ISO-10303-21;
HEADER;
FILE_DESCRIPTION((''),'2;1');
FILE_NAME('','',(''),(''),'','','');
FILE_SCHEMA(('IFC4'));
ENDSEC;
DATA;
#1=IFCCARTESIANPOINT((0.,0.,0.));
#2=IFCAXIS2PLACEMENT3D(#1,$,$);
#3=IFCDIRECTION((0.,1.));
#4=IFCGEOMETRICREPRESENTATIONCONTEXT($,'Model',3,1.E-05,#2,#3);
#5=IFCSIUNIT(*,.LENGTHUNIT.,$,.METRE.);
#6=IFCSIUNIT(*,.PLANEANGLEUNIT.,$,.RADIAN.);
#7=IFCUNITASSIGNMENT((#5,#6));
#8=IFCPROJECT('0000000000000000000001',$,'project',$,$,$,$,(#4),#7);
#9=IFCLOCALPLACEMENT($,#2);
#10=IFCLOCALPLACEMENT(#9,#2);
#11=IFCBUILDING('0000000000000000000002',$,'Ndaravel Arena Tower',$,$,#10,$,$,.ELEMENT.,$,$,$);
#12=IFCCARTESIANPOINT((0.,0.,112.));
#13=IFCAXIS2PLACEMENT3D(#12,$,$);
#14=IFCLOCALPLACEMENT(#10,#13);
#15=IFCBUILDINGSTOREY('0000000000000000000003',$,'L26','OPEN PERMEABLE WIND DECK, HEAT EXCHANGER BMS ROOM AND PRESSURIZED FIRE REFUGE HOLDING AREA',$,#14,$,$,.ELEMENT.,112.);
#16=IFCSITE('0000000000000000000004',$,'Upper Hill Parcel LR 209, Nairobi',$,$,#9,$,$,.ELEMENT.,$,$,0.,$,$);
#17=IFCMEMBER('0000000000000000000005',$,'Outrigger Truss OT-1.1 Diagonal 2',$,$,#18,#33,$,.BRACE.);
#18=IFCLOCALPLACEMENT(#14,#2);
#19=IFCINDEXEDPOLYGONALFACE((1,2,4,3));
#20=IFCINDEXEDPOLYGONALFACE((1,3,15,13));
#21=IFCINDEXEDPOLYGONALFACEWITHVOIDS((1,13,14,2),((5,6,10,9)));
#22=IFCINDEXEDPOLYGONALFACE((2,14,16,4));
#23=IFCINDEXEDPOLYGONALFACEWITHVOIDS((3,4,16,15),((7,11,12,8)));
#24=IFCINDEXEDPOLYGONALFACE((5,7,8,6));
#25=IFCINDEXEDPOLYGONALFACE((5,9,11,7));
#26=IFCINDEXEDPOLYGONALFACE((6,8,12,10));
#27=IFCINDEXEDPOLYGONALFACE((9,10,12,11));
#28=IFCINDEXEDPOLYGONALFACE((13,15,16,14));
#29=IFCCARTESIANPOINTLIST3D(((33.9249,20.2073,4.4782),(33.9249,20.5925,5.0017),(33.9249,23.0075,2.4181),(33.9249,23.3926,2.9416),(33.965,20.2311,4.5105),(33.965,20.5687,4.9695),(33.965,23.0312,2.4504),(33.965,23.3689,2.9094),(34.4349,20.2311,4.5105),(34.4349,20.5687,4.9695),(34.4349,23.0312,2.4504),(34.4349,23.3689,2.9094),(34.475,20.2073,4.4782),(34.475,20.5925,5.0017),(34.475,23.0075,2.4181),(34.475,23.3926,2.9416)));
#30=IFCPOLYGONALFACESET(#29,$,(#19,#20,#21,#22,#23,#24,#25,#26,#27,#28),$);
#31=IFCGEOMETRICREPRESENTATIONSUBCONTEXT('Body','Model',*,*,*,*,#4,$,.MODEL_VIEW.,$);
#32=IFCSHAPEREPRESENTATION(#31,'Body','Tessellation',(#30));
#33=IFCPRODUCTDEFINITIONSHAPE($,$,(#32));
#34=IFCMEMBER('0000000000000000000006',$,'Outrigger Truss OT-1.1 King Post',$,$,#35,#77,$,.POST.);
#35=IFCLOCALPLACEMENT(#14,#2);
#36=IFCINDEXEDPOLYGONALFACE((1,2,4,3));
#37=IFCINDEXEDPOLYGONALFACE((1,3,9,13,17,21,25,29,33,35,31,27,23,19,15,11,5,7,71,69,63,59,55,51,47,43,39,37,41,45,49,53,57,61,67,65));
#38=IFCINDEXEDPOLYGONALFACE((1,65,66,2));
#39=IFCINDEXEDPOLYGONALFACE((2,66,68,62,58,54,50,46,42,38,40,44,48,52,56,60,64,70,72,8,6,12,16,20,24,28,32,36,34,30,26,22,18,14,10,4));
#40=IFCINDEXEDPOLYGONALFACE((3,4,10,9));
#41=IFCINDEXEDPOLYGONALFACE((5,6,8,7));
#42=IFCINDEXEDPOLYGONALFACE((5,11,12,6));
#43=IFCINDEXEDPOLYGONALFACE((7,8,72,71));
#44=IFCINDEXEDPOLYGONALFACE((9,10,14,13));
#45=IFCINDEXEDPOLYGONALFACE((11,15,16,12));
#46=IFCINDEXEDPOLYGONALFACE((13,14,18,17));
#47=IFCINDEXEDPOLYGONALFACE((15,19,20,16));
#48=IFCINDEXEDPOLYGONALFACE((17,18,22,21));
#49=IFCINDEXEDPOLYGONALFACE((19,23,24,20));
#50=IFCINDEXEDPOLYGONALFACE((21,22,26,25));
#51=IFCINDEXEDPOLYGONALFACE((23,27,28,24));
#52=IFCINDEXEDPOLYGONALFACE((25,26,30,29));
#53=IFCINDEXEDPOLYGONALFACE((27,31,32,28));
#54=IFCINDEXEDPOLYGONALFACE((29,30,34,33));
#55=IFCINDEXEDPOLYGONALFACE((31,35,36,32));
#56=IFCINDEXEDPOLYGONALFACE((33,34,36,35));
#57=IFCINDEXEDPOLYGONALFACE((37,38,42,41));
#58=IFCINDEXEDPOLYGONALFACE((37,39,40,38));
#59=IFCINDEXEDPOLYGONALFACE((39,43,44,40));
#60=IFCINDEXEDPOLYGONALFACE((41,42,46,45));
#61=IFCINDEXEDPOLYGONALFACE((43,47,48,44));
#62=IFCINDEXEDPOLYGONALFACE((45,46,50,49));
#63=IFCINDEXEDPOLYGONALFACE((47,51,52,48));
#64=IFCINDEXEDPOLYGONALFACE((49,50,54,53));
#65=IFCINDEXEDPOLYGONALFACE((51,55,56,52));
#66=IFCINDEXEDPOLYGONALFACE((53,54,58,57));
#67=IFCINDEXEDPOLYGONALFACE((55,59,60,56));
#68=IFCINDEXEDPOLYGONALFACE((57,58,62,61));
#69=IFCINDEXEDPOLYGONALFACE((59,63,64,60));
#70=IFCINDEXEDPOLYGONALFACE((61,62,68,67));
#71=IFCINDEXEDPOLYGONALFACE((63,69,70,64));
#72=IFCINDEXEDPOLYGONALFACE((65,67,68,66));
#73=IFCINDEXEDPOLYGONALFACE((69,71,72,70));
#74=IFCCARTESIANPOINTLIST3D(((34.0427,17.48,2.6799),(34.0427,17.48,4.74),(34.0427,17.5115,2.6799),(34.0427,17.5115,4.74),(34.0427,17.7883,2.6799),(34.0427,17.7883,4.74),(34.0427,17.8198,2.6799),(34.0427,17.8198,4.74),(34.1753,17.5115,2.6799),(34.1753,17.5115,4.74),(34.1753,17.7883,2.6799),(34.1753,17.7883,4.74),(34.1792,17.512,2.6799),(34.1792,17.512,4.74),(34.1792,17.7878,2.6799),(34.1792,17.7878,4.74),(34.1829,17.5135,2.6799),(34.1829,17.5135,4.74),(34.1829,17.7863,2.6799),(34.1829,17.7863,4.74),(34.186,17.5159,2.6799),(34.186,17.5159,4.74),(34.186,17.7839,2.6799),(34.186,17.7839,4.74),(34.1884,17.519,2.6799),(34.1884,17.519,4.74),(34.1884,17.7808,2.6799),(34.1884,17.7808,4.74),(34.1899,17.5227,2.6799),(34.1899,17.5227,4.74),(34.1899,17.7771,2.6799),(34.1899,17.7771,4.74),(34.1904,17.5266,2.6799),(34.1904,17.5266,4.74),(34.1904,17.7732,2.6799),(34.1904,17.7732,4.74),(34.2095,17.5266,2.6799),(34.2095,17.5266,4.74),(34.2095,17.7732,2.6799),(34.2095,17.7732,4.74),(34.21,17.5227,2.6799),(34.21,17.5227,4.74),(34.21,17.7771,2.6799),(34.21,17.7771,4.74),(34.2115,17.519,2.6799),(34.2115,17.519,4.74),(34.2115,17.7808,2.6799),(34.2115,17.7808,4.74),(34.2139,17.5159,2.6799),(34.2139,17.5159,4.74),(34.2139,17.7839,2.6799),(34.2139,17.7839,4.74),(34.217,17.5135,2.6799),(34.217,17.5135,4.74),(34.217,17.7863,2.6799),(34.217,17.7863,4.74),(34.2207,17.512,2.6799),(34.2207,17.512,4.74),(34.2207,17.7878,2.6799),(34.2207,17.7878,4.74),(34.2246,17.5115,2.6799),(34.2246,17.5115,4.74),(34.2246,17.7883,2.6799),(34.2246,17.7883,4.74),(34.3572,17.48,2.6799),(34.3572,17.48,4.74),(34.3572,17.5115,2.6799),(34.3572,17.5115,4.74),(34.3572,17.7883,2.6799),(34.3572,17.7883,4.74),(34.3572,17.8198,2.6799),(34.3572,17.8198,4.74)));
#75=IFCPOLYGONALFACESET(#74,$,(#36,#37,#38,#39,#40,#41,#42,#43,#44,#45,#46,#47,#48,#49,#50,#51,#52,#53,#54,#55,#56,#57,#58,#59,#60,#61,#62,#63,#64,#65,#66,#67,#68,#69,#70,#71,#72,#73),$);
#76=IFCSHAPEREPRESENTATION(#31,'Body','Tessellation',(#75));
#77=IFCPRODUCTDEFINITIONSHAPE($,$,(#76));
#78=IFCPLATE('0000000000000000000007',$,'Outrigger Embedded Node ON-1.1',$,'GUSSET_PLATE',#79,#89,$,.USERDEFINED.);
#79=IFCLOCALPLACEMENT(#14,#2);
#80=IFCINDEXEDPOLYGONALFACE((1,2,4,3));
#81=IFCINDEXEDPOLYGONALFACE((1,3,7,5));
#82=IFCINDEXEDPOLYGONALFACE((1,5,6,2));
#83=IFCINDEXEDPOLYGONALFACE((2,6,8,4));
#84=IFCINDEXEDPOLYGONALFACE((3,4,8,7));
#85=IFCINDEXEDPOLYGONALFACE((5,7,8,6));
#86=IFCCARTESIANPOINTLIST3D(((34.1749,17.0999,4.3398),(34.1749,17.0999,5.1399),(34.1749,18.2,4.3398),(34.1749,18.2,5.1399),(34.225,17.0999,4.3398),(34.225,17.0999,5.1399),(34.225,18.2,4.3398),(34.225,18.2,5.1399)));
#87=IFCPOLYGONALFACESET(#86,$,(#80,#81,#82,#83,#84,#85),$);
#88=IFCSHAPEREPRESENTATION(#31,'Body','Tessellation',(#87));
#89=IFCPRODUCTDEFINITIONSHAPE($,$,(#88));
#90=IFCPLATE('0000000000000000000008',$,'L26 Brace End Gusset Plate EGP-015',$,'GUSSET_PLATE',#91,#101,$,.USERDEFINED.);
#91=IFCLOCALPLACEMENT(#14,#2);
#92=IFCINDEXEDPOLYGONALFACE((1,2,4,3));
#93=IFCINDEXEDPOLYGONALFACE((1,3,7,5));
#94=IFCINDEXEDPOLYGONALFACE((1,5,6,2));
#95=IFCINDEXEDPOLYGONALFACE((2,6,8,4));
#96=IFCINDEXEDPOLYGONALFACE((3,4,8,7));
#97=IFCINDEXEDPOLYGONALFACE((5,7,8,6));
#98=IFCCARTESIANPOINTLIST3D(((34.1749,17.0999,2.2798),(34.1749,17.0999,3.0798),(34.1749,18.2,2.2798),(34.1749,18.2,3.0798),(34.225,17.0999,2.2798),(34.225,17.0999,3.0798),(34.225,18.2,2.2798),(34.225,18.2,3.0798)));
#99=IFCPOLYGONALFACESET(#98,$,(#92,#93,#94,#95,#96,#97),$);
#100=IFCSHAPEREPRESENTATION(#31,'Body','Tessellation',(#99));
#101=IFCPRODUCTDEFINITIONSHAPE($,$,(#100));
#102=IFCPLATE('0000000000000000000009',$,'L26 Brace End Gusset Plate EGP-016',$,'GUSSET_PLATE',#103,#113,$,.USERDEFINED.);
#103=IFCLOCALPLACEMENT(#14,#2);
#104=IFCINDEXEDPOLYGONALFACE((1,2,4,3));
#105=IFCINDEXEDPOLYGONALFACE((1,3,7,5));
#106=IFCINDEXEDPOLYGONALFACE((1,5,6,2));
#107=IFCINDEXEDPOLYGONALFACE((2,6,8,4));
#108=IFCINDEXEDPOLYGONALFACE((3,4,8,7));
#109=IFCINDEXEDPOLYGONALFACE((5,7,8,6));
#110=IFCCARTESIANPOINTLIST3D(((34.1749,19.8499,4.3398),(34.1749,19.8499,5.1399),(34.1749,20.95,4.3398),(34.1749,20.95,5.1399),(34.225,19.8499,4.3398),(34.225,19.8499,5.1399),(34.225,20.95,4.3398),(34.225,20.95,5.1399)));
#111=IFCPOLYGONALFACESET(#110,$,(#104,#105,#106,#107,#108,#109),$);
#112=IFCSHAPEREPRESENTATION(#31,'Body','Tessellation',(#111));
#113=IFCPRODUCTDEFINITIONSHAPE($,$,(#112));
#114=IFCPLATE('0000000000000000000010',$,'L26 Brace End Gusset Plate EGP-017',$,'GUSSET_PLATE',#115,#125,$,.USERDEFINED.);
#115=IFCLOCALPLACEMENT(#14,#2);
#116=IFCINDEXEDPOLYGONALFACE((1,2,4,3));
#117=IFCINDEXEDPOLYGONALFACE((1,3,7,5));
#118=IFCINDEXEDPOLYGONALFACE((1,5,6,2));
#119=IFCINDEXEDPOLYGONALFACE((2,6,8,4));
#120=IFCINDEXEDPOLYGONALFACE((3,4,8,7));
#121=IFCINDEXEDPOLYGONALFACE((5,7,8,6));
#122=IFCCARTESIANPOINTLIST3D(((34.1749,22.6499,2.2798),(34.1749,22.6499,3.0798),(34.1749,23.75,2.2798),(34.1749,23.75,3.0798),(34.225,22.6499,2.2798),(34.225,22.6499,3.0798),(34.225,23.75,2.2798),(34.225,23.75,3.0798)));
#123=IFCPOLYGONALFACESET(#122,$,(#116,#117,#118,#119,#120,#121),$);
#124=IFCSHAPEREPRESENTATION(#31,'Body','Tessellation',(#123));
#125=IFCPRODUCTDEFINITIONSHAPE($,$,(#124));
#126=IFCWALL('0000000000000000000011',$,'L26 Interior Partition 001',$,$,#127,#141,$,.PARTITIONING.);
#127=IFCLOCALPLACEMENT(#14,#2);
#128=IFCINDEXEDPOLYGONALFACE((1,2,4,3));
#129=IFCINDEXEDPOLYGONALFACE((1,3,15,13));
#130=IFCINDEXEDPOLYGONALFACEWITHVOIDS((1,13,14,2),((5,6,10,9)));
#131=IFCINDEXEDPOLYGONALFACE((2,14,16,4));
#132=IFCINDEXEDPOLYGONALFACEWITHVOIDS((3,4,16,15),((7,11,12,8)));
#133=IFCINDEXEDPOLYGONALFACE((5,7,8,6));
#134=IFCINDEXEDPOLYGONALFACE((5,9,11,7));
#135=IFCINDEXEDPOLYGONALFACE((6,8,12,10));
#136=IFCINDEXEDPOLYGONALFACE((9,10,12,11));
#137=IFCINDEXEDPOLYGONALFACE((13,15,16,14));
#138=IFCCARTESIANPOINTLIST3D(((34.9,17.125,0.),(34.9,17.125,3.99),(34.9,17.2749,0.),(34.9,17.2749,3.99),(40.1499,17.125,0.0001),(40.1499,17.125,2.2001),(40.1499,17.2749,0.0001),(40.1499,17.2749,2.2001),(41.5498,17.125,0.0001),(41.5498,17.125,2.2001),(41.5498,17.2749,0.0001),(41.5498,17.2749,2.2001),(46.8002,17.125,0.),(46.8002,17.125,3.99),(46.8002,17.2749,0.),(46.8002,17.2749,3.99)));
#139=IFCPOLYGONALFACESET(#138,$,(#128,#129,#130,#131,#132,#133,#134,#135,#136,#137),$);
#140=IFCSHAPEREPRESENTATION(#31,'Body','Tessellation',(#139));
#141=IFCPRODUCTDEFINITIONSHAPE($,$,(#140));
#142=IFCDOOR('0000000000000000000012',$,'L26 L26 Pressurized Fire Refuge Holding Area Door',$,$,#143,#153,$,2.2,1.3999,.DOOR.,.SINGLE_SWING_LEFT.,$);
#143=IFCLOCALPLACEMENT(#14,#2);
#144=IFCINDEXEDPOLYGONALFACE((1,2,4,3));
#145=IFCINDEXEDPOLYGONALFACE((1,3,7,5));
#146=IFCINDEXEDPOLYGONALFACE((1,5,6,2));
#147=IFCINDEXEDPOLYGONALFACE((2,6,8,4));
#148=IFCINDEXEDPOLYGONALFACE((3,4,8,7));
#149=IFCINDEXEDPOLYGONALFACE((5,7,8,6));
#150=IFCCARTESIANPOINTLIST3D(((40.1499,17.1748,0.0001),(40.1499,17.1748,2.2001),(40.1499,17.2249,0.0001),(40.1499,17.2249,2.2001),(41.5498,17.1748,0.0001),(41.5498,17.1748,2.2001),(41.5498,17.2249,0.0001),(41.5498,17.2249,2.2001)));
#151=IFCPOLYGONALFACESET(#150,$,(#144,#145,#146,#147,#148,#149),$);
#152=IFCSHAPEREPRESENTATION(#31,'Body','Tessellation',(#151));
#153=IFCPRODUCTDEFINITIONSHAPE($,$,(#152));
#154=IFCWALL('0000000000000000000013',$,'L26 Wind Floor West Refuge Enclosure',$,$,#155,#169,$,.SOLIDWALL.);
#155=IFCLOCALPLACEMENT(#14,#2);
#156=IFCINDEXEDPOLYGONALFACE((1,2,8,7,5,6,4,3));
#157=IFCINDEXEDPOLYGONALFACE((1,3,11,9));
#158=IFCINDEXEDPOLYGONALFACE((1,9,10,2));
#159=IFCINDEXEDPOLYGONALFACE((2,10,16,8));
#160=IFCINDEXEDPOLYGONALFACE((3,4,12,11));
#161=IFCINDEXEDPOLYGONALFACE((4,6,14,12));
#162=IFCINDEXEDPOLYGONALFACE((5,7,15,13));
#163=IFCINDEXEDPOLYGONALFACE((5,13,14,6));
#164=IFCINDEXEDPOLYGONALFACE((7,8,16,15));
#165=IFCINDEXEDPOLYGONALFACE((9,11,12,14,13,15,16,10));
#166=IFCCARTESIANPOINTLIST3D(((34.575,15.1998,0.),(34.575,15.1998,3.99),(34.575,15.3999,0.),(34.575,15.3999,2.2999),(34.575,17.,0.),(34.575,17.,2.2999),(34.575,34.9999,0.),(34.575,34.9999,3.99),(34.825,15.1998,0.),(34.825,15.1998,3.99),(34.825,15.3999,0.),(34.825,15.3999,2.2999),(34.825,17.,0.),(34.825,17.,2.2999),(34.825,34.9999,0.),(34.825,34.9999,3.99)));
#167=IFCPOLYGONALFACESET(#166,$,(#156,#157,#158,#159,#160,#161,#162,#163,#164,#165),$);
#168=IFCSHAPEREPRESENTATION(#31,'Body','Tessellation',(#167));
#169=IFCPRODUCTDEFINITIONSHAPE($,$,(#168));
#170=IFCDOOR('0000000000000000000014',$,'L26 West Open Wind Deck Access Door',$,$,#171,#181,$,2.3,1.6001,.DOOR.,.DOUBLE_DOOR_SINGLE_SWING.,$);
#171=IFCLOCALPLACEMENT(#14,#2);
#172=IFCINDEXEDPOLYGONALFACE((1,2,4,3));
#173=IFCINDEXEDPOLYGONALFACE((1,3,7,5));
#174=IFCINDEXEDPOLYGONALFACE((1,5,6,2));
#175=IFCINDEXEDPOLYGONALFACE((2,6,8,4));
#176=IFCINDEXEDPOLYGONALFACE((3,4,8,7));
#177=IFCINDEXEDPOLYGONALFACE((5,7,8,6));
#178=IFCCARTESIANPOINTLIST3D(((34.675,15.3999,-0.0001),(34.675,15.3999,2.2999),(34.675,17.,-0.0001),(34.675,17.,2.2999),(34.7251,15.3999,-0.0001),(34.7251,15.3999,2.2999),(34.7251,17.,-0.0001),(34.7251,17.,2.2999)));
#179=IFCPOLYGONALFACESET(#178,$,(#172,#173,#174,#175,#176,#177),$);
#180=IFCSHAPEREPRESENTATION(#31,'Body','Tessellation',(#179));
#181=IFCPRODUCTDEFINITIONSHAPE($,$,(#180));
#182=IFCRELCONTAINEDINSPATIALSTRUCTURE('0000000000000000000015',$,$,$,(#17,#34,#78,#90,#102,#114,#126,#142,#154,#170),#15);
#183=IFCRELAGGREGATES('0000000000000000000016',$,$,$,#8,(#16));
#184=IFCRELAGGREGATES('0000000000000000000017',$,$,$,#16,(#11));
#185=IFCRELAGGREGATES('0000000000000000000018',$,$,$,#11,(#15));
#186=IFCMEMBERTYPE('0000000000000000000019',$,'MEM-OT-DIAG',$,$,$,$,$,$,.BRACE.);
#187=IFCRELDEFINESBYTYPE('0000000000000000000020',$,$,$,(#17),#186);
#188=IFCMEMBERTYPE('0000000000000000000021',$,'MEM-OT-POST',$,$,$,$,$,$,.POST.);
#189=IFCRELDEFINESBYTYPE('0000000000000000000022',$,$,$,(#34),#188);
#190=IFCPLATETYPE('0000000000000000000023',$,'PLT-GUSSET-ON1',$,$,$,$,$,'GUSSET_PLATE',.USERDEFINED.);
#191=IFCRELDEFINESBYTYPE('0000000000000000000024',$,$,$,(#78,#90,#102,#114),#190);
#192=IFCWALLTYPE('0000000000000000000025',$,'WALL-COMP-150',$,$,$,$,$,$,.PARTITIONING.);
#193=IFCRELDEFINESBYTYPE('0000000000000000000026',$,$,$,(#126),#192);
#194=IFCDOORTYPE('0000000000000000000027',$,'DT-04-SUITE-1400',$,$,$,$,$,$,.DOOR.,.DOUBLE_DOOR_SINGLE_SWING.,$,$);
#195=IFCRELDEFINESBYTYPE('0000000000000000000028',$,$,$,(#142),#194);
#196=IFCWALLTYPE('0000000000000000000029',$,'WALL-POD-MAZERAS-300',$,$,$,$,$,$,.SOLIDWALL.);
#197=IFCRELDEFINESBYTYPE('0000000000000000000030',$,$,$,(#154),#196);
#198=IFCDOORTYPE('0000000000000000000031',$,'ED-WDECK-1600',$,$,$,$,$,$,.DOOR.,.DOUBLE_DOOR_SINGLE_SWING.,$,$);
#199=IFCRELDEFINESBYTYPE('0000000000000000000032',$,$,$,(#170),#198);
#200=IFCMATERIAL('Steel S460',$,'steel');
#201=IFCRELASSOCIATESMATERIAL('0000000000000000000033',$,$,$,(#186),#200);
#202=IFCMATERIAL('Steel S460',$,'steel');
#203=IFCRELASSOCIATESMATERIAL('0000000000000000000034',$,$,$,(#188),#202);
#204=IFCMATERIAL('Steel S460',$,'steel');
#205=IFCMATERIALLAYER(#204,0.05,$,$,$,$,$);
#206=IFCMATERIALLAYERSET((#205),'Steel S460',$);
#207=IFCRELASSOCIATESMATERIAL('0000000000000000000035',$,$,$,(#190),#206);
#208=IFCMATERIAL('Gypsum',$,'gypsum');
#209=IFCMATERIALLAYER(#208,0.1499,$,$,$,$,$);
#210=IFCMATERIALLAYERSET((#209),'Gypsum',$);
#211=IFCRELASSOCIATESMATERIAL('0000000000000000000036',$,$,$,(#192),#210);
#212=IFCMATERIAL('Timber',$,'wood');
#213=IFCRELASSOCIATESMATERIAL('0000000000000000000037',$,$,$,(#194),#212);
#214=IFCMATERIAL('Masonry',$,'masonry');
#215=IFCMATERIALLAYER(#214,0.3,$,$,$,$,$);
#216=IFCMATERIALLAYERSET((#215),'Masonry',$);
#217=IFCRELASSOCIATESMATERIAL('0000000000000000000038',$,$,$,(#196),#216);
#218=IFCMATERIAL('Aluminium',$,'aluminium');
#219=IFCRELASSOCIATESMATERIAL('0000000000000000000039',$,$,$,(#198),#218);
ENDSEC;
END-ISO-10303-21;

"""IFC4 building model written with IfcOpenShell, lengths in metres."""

from ifc_helpers import new_model, si_unit, direction, frame, frame_2d, origin, origin_2d, place, context, subcontext, project, spatial, rectangle, hollow_rectangle, i_section, extrude, material, layer, layer_set, material_profile, profile_set, type_object, element, fill, save


model = new_model("IFC4")

# Units and contexts
model_context = context("Model", 3, precision=1e-05, world=origin(), true_north=direction((0.0, 1.0)))
body_context = subcontext(model_context, "Body", "Model", "MODEL_VIEW")
ifc_project = project(units=[si_unit("LENGTHUNIT", "METRE"), si_unit("PLANEANGLEUNIT", "RADIAN")], contexts=[model_context])

# Site, building, storey
site_placement = place(None, origin())
site = spatial("IfcSite", under=ifc_project, at=site_placement, Name="Upper Hill Parcel LR 209, Nairobi", CompositionType="ELEMENT", RefElevation=0.0)
building_placement = place(site_placement, origin())
building = spatial("IfcBuilding", under=site, at=building_placement, Name="Ndaravel Arena Tower", CompositionType="ELEMENT")
storey_placement = place(building_placement, frame((0.0, 0.0, 112.0)))
storey = spatial("IfcBuildingStorey", under=building, at=storey_placement, Name="L26", Description="OPEN PERMEABLE WIND DECK, HEAT EXCHANGER BMS ROOM AND PRESSURIZED FIRE REFUGE HOLDING AREA", CompositionType="ELEMENT", Elevation=112.0)

# Members
ifc_material_1 = material(Name="Steel S460", Category="steel")
ifc_material_profile_1 = material_profile(ifc_material_1, hollow_rectangle(XDim=0.55, YDim=0.6499, WallThickness=0.04, at=origin_2d()), Name="BOX 650x550x40")
ifc_profile_set_1 = profile_set([ifc_material_profile_1], Name="Steel S460")
member_type_1 = type_object("IfcMemberType", Name="MEM-OT-DIAG", PredefinedType="BRACE", material=ifc_profile_set_1)
member_1_placement = place(storey_placement, frame((34.2, 20.3999, 4.74), z_axis=(0.0, 0.805486, -0.592614), x_axis=(-1.0, 0.0, 0.0)))
element("IfcMember", 1, at=member_1_placement, inside=storey, type_object=member_type_1, Name="Outrigger Truss OT-1.1 Diagonal 2", PredefinedType="BRACE", context=body_context, shape_type="SweptSolid", body=[
    extrude(hollow_rectangle(XDim=0.55, YDim=0.6499, WallThickness=0.04, at=origin_2d()), origin(), (0.0, 0.0, 1.0), 3.4763),
])
ifc_material_2 = material(Name="Steel S460", Category="steel")
ifc_material_profile_2 = material_profile(ifc_material_2, i_section(OverallWidth=0.3145, OverallDepth=0.3398, WebThickness=0.019, FlangeThickness=0.0315, FilletRadius=0.0151, at=origin_2d()), Name="UC 305x305x198")
ifc_profile_set_2 = profile_set([ifc_material_profile_2], Name="Steel S460")
member_type_2 = type_object("IfcMemberType", Name="MEM-OT-POST", PredefinedType="POST", material=ifc_profile_set_2)
member_2_placement = place(storey_placement, frame((34.2, 17.6499, 2.6799), z_axis=(0.0, 0.0, 1.0), x_axis=(1.0, 0.0, 0.0)))
element("IfcMember", 2, at=member_2_placement, inside=storey, type_object=member_type_2, Name="Outrigger Truss OT-1.1 King Post", PredefinedType="POST", context=body_context, shape_type="SweptSolid", body=[
    extrude(i_section(OverallWidth=0.3145, OverallDepth=0.3398, WebThickness=0.019, FlangeThickness=0.0315, FilletRadius=0.0151, at=origin_2d()), origin(), (0.0, 0.0, 1.0), 2.0601),
])

# Plates
ifc_material_3 = material(Name="Steel S460", Category="steel")
ifc_layer_1 = layer(ifc_material_3, 0.05)
ifc_layer_set_1 = layer_set([ifc_layer_1], Name="Steel S460")
plate_type = type_object("IfcPlateType", Name="PLT-GUSSET-ON1", ElementType="GUSSET_PLATE", PredefinedType="USERDEFINED", material=ifc_layer_set_1)
for number, where, z_axis, x_axis, name in (
    (3, (34.2, 17.6499, 4.3398), (0.0, 0.0, 1.0), (1.0, 0.0, 0.0), "Outrigger Embedded Node ON-1.1"),
    (4, (34.2, 17.6499, 2.2798), (0.0, 0.0, 1.0), (1.0, 0.0, 0.0), "L26 Brace End Gusset Plate EGP-015"),
    (5, (34.2, 20.3999, 4.3398), (0.0, 0.0, 1.0), (1.0, 0.0, 0.0), "L26 Brace End Gusset Plate EGP-016"),
    (6, (34.2, 23.2, 2.2798), (0.0, 0.0, 1.0), (1.0, 0.0, 0.0), "L26 Brace End Gusset Plate EGP-017"),
):
    element("IfcPlate", number, at=place(storey_placement, frame(where, z_axis=z_axis, x_axis=x_axis)), inside=storey, type_object=plate_type, Name=name, ObjectType="GUSSET_PLATE", PredefinedType="USERDEFINED", context=body_context, shape_type="SweptSolid", body=[
        extrude(rectangle(XDim=0.05, YDim=1.1001, at=origin_2d()), origin(), (0.0, 0.0, 1.0), 0.8),
    ])

# Walls, openings, doors
ifc_material_4 = material(Name="Gypsum", Category="gypsum")
ifc_layer_2 = layer(ifc_material_4, 0.1499)
ifc_layer_set_2 = layer_set([ifc_layer_2], Name="Gypsum")
wall_type_1 = type_object("IfcWallType", Name="WALL-COMP-150", PredefinedType="PARTITIONING", material=ifc_layer_set_2)
wall_1_placement = place(storey_placement, frame((34.8999, 17.2, 0.0), z_axis=(0.0, 0.0, 1.0), x_axis=(1.0, 0.0, 0.0)))
wall_1 = element("IfcWall", 7, at=wall_1_placement, inside=storey, type_object=wall_type_1, Name="L26 Interior Partition 001", PredefinedType="PARTITIONING", context=body_context, shape_type="SweptSolid", body=[
    extrude(rectangle(XDim=11.9001, YDim=0.1499, at=frame_2d((5.9502, 0.0))), origin(), (0.0, 0.0, 1.0), 3.99),
])
opening_1_placement = place(wall_1_placement, frame((5.25, 0.0, 0.0)))
opening_1 = element("IfcOpeningElement", 8, at=opening_1_placement, cuts=wall_1, PredefinedType="OPENING", context=body_context, shape_type="SweptSolid", body=[
    extrude(rectangle(XDim=1.3999, YDim=2.2, at=frame_2d((0.7, 1.1001))), frame((0.0, 0.075, 0.0), z_axis=(0.0, -1.0, 0.0), x_axis=(1.0, 0.0, 0.0)), (0.0, 0.0, 1.0), 0.1499),
])
ifc_material_5 = material(Name="Timber", Category="wood")
door_type_1 = type_object("IfcDoorType", Name="DT-04-SUITE-1400", OperationType="DOUBLE_DOOR_SINGLE_SWING", PredefinedType="DOOR", material=ifc_material_5)
door_1_placement = place(opening_1_placement, origin())
door_1 = element("IfcDoor", 9, at=door_1_placement, inside=storey, type_object=door_type_1, Name="L26 L26 Pressurized Fire Refuge Holding Area Door", OperationType="SINGLE_SWING_LEFT", OverallHeight=2.2, OverallWidth=1.3999, PredefinedType="DOOR", context=body_context, shape_type="SweptSolid", body=[
    extrude(rectangle(XDim=1.3999, YDim=2.2, at=frame_2d((0.7, 1.1001))), frame((0.0, 0.0249, 0.0), z_axis=(0.0, -1.0, 0.0), x_axis=(1.0, 0.0, 0.0)), (0.0, 0.0, 1.0), 0.05),
])
fill(opening_1, door_1)
ifc_material_6 = material(Name="Masonry", Category="masonry")
ifc_layer_3 = layer(ifc_material_6, 0.3)
ifc_layer_set_3 = layer_set([ifc_layer_3], Name="Masonry")
wall_type_2 = type_object("IfcWallType", Name="WALL-POD-MAZERAS-300", PredefinedType="SOLIDWALL", material=ifc_layer_set_3)
wall_2_placement = place(storey_placement, frame((34.7, 15.2, 0.0), z_axis=(0.0, 0.0, 1.0), x_axis=(0.0, 1.0, 0.0)))
wall_2 = element("IfcWall", 10, at=wall_2_placement, inside=storey, type_object=wall_type_2, Name="L26 Wind Floor West Refuge Enclosure", PredefinedType="SOLIDWALL", context=body_context, shape_type="SweptSolid", body=[
    extrude(rectangle(XDim=19.8, YDim=0.25, at=frame_2d((9.8999, 0.0))), origin(), (0.0, 0.0, 1.0), 3.99),
])
opening_2_placement = place(wall_2_placement, frame((0.2, 0.0, 0.0)))
opening_2 = element("IfcOpeningElement", 11, at=opening_2_placement, cuts=wall_2, PredefinedType="OPENING", context=body_context, shape_type="SweptSolid", body=[
    extrude(rectangle(XDim=1.6001, YDim=2.3, at=frame_2d((0.8, 1.1499))), frame((0.0, 0.125, 0.0), z_axis=(0.0, -1.0, 0.0), x_axis=(1.0, 0.0, 0.0)), (0.0, 0.0, 1.0), 0.25),
])
ifc_material_7 = material(Name="Aluminium", Category="aluminium")
door_type_2 = type_object("IfcDoorType", Name="ED-WDECK-1600", OperationType="DOUBLE_DOOR_SINGLE_SWING", PredefinedType="DOOR", material=ifc_material_7)
door_2_placement = place(opening_2_placement, origin())
door_2 = element("IfcDoor", 12, at=door_2_placement, inside=storey, type_object=door_type_2, Name="L26 West Open Wind Deck Access Door", OperationType="DOUBLE_DOOR_SINGLE_SWING", OverallHeight=2.3, OverallWidth=1.6001, PredefinedType="DOOR", context=body_context, shape_type="SweptSolid", body=[
    extrude(rectangle(XDim=1.6001, YDim=2.3, at=frame_2d((0.8, 1.1499))), frame((0.0, 0.0249, 0.0), z_axis=(0.0, -1.0, 0.0), x_axis=(1.0, 0.0, 0.0)), (0.0, 0.0, 1.0), 0.05),
])
fill(opening_2, door_2)

save(model, "model.ifc")
